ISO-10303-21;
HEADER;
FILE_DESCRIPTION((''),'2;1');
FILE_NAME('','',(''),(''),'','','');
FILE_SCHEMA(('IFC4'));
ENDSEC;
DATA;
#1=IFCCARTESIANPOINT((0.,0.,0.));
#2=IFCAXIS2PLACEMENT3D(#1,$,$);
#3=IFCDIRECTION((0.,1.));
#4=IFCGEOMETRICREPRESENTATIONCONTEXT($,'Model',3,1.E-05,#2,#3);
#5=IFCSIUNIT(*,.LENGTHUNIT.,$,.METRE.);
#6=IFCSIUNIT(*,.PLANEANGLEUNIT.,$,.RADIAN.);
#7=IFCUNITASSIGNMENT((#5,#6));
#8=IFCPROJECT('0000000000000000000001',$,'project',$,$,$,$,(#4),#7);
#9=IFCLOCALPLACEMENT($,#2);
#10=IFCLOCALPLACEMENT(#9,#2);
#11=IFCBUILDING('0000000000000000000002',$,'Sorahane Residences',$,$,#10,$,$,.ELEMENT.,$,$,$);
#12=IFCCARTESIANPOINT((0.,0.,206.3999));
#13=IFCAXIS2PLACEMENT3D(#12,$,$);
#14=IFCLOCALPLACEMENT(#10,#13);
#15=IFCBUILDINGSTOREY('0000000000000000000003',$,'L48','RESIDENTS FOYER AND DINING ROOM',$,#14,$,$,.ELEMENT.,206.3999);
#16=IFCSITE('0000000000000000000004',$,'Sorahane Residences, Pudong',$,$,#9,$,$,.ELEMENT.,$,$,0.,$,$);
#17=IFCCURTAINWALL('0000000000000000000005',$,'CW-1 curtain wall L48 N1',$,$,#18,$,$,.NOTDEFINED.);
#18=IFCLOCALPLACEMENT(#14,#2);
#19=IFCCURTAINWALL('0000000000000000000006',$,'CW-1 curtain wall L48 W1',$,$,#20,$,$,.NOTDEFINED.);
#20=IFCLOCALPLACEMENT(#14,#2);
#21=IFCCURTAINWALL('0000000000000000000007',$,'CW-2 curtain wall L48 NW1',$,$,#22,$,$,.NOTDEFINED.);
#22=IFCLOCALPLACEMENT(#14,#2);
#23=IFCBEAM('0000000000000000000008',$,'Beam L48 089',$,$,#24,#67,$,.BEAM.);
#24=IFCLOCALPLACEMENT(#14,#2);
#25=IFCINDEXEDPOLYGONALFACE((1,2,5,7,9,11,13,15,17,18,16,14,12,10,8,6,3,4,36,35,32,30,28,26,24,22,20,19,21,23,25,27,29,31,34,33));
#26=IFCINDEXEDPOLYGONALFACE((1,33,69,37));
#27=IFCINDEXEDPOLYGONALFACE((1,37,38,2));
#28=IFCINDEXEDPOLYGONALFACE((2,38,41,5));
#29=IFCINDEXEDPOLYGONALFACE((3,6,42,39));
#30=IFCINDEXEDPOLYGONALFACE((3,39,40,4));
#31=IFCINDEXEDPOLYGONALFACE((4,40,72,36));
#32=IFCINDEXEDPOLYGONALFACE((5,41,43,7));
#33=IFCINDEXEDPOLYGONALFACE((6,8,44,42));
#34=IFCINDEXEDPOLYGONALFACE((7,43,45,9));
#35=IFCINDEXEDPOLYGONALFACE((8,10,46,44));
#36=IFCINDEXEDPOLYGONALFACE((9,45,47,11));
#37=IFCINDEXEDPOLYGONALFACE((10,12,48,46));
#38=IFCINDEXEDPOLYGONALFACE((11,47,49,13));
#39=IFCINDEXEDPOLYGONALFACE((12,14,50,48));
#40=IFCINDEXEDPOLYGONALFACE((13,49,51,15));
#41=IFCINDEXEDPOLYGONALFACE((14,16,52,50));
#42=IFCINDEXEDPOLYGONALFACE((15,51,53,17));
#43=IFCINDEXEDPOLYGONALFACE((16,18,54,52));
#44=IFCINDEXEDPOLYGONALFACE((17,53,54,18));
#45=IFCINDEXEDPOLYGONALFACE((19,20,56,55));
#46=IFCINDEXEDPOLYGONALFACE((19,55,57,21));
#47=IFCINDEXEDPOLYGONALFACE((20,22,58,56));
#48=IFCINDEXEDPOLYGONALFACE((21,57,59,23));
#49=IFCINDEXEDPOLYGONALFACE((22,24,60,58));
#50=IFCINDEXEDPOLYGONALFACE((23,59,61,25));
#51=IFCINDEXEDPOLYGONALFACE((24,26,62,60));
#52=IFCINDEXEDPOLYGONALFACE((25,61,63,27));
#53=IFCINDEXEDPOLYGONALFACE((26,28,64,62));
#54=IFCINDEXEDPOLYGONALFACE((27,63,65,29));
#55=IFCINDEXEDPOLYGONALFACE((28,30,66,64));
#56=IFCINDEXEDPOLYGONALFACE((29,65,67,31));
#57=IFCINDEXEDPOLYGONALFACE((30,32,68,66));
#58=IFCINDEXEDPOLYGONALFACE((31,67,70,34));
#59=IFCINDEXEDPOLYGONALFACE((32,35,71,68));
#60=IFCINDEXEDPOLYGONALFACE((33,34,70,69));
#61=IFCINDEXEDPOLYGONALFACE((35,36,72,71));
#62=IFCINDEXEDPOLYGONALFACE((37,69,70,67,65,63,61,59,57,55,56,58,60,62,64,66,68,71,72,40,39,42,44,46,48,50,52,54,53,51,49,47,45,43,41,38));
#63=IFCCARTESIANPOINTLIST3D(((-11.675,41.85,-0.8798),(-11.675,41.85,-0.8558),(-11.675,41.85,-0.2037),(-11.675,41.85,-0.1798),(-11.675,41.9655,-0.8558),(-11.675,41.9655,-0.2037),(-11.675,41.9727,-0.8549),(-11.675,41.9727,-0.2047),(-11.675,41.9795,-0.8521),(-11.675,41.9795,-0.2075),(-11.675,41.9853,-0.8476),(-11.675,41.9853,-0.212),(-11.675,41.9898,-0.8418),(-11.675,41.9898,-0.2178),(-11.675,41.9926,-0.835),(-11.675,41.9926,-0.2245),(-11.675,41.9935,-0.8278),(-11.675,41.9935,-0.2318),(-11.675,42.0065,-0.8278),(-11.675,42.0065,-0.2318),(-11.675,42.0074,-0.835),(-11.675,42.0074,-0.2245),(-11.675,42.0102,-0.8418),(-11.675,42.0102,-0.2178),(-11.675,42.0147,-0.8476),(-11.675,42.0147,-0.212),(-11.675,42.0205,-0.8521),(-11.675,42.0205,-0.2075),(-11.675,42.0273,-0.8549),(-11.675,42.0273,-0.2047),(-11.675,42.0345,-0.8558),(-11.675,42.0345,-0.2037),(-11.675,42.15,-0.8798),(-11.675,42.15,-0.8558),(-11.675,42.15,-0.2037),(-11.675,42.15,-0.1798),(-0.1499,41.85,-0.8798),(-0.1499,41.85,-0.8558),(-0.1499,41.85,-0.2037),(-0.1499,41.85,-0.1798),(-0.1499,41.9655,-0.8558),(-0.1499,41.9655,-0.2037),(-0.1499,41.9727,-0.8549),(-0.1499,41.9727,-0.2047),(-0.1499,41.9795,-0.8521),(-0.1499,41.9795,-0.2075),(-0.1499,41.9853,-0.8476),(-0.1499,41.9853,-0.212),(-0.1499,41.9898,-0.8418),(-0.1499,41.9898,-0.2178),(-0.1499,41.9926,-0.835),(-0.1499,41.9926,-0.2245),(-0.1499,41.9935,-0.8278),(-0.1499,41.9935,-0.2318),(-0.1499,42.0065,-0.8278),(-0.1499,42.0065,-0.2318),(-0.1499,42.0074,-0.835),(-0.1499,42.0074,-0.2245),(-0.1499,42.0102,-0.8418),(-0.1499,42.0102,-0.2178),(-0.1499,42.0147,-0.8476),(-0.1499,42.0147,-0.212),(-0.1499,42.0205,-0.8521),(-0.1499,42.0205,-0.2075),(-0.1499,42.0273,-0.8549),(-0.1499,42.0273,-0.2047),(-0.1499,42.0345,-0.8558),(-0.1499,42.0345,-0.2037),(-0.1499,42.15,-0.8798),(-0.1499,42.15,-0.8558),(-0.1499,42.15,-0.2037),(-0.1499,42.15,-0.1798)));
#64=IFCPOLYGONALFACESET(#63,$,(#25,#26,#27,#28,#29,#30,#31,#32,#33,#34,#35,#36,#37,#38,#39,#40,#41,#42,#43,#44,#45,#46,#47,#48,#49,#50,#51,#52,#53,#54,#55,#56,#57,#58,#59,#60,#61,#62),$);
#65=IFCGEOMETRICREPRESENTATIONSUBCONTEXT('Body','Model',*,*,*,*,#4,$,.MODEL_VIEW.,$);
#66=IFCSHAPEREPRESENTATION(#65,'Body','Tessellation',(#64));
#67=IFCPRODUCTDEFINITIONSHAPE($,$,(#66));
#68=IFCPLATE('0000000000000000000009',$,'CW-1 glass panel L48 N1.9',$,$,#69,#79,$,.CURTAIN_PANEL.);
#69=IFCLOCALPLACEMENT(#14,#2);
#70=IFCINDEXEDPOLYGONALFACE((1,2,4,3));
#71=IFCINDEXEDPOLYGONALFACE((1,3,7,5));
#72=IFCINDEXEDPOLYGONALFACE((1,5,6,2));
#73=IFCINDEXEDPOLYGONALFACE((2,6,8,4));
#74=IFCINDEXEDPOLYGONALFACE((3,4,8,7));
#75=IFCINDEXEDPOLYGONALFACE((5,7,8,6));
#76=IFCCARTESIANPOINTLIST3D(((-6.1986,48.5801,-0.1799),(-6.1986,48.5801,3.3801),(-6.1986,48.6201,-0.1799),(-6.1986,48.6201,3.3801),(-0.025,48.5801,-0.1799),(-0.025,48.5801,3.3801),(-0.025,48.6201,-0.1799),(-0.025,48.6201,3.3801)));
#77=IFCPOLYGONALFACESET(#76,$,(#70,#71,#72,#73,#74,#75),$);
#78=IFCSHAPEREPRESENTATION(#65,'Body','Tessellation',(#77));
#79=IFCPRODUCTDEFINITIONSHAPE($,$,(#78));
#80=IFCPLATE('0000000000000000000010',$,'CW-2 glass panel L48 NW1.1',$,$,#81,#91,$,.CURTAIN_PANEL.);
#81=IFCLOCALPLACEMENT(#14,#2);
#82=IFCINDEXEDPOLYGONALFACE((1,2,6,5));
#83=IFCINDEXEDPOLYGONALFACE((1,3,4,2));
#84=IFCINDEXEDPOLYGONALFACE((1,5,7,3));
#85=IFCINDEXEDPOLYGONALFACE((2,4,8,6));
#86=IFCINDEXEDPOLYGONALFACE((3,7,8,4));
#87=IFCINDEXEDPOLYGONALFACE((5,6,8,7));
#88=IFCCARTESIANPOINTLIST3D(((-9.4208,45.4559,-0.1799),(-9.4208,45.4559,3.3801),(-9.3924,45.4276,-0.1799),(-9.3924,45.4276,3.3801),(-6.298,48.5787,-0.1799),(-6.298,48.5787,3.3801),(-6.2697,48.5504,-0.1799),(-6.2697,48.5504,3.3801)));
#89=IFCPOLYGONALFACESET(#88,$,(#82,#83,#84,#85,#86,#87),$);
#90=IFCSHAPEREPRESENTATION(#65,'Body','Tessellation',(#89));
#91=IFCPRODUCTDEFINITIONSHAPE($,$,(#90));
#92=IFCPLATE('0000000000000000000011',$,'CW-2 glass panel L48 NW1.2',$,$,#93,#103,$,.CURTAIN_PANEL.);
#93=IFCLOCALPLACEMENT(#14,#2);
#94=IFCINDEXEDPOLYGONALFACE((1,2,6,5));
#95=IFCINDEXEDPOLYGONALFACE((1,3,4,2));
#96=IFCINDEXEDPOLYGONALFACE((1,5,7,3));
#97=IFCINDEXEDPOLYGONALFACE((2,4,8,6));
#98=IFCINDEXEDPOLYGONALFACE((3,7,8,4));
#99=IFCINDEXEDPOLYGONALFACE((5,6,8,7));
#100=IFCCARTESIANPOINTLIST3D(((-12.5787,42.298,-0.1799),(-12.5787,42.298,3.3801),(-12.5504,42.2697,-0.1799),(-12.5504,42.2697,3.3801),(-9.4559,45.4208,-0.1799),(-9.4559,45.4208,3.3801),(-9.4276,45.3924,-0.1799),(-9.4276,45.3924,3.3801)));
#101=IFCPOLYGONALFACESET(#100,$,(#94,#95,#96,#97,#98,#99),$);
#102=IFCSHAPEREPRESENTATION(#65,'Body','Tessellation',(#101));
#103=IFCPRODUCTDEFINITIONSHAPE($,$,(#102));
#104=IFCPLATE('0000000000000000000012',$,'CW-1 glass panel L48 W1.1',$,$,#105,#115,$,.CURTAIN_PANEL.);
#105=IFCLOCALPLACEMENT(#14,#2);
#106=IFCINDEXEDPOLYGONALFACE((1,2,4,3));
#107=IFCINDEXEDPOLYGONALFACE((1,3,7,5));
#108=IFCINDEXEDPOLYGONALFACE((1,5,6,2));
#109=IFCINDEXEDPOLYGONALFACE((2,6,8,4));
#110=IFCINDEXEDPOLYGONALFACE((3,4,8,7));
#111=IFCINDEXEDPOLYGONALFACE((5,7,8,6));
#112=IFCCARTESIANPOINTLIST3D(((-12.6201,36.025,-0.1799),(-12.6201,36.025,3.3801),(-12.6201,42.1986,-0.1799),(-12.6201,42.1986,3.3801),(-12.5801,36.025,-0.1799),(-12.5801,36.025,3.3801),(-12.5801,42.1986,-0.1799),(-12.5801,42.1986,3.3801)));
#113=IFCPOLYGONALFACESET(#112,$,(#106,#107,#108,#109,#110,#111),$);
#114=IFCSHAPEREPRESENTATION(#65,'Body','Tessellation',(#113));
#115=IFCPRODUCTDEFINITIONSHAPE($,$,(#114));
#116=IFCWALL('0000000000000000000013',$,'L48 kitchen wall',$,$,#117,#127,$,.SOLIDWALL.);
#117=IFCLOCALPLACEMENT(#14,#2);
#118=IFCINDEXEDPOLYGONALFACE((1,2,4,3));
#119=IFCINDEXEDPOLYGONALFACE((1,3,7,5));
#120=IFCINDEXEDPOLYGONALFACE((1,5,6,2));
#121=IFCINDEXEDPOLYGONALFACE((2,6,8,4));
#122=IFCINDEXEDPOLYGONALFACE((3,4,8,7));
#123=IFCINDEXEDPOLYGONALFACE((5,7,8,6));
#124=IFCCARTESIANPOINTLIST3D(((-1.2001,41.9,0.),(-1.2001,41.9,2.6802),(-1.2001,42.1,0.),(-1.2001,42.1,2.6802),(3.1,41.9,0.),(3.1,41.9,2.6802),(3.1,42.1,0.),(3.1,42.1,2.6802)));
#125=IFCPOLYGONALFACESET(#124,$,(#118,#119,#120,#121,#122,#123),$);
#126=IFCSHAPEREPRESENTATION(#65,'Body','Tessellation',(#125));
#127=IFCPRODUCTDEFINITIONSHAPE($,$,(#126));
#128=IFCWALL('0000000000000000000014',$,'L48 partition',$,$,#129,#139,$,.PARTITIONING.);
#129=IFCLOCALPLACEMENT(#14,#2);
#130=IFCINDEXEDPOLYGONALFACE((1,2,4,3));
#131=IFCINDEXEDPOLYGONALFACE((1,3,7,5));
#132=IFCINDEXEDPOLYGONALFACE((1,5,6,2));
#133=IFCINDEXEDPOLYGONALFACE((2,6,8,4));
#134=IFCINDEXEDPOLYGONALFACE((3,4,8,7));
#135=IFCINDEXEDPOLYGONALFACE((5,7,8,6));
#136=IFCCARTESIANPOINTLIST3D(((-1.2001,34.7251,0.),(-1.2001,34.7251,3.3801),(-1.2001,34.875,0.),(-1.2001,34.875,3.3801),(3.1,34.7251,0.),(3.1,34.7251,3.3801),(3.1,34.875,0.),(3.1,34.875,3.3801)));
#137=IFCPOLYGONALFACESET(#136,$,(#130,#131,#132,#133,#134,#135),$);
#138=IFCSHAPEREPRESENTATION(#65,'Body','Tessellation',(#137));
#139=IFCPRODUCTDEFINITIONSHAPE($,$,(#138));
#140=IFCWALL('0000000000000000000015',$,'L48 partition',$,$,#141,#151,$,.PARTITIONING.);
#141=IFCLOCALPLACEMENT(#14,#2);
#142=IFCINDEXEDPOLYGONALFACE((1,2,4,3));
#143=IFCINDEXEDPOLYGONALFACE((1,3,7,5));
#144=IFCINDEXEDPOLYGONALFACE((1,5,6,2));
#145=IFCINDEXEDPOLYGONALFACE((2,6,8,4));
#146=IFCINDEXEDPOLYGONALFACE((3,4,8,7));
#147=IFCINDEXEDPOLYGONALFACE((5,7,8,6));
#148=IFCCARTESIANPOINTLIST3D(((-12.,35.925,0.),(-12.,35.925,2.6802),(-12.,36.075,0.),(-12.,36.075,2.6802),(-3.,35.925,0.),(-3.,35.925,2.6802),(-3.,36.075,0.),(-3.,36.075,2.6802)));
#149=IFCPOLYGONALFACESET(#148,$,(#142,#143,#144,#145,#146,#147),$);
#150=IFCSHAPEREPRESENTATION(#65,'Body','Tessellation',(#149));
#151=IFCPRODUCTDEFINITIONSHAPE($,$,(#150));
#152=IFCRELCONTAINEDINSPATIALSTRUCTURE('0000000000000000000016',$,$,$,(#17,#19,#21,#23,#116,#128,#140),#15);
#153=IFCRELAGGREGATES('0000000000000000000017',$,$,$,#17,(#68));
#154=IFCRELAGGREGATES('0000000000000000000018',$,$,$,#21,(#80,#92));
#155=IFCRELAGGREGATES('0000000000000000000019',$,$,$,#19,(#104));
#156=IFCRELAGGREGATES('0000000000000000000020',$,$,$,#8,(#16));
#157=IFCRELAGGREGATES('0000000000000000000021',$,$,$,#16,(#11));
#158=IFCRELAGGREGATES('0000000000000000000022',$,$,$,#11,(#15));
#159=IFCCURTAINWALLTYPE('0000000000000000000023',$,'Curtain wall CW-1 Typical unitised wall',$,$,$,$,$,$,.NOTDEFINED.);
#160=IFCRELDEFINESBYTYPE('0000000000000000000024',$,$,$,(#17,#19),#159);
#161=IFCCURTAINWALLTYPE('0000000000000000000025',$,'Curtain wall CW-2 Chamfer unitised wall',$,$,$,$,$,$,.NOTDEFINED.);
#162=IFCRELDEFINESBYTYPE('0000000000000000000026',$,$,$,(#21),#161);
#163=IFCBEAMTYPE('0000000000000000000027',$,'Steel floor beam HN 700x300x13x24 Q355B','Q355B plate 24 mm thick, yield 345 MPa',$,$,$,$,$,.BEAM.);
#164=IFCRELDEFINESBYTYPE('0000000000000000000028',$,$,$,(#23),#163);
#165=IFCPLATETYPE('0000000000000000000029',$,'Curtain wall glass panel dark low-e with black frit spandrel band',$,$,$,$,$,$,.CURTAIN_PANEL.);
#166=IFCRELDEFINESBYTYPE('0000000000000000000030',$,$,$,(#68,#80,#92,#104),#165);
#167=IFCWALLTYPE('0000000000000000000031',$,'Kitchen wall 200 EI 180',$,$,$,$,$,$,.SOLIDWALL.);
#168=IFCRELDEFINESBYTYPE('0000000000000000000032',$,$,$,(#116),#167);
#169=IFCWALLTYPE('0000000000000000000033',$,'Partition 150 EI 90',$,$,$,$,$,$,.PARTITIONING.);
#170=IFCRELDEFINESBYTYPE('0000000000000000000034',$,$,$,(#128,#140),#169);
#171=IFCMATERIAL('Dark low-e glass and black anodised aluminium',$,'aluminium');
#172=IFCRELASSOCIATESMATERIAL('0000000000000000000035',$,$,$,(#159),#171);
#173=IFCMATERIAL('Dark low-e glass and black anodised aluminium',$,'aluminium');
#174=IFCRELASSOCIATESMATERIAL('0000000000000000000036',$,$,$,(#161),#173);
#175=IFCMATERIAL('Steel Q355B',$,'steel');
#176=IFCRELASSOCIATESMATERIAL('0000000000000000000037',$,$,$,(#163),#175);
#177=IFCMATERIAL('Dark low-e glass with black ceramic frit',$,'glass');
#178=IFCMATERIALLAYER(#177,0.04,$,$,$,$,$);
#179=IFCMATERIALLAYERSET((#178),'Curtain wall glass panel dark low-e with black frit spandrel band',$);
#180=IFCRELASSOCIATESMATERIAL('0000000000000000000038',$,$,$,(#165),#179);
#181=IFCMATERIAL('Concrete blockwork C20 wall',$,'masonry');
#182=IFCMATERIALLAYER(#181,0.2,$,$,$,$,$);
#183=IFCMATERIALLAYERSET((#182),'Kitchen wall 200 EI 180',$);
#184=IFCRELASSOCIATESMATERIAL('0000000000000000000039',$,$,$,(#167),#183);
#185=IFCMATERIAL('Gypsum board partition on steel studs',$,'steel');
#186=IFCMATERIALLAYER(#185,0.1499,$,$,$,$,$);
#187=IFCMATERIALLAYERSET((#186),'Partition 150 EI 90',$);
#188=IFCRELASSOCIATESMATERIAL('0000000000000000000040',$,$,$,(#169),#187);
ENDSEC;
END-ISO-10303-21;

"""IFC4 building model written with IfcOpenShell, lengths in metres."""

from ifc_helpers import new_model, si_unit, direction, frame, frame_2d, origin, origin_2d, place, context, subcontext, project, spatial, rectangle, i_section, extrude, material, layer, layer_set, material_profile, profile_set, type_object, element, aggregate, save


model = new_model("IFC4")

# Units and contexts
model_context = context("Model", 3, precision=1e-05, world=origin(), true_north=direction((0.0, 1.0)))
body_context = subcontext(model_context, "Body", "Model", "MODEL_VIEW")
ifc_project = project(units=[si_unit("LENGTHUNIT", "METRE"), si_unit("PLANEANGLEUNIT", "RADIAN")], contexts=[model_context])

# Site, building, storey
site_placement = place(None, origin())
site = spatial("IfcSite", under=ifc_project, at=site_placement, Name="Sorahane Residences, Pudong", CompositionType="ELEMENT", RefElevation=0.0)
building_placement = place(site_placement, origin())
building = spatial("IfcBuilding", under=site, at=building_placement, Name="Sorahane Residences", CompositionType="ELEMENT")
storey_placement = place(building_placement, frame((0.0, 0.0, 206.3999)))
storey = spatial("IfcBuildingStorey", under=building, at=storey_placement, Name="L48", Description="RESIDENTS FOYER AND DINING ROOM", CompositionType="ELEMENT", Elevation=206.3999)

# Curtain wall
ifc_material_1 = material(Name="Dark low-e glass and black anodised aluminium", Category="aluminium")
curtain_wall_type_1 = type_object("IfcCurtainWallType", Name="Curtain wall CW-1 Typical unitised wall", PredefinedType="NOTDEFINED", material=ifc_material_1)
curtain_wall_1_placement = place(storey_placement, origin())
curtain_wall_1 = element("IfcCurtainWall", 1, at=curtain_wall_1_placement, inside=storey, type_object=curtain_wall_type_1, Name="CW-1 curtain wall L48 N1", PredefinedType="NOTDEFINED")

# Curtain wall
curtain_wall_2_placement = place(storey_placement, origin())
curtain_wall_2 = element("IfcCurtainWall", 2, at=curtain_wall_2_placement, inside=storey, type_object=curtain_wall_type_1, Name="CW-1 curtain wall L48 W1", PredefinedType="NOTDEFINED")

# Curtain wall
ifc_material_2 = material(Name="Dark low-e glass and black anodised aluminium", Category="aluminium")
curtain_wall_type_2 = type_object("IfcCurtainWallType", Name="Curtain wall CW-2 Chamfer unitised wall", PredefinedType="NOTDEFINED", material=ifc_material_2)
curtain_wall_3_placement = place(storey_placement, origin())
curtain_wall_3 = element("IfcCurtainWall", 3, at=curtain_wall_3_placement, inside=storey, type_object=curtain_wall_type_2, Name="CW-2 curtain wall L48 NW1", PredefinedType="NOTDEFINED")

# Beam
ifc_material_3 = material(Name="Steel Q355B", Category="steel")
ifc_material_profile_1 = material_profile(ifc_material_3, i_section(OverallWidth=0.3, OverallDepth=0.7, WebThickness=0.0129, FlangeThickness=0.0239, FilletRadius=0.0281, at=origin_2d()), Name="HN 700x300x13x24")
ifc_profile_set_1 = profile_set([ifc_material_profile_1], Name="Steel Q355B")
beam_type_1 = type_object("IfcBeamType", Name="Steel floor beam HN 700x300x13x24 Q355B", Description="Q355B plate 24 mm thick, yield 345 MPa", PredefinedType="BEAM", material=ifc_profile_set_1)
beam_placement = place(storey_placement, frame((-11.675, 42.0, -0.5298), z_axis=(1.0, 0.0, 0.0), x_axis=(0.0, 1.0, 0.0)))
element("IfcBeam", 4, at=beam_placement, inside=storey, type_object=beam_type_1, Name="Beam L48 089", PredefinedType="BEAM", context=body_context, shape_type="SweptSolid", body=[
    extrude(i_section(OverallWidth=0.3, OverallDepth=0.7, WebThickness=0.0129, FlangeThickness=0.0239, FilletRadius=0.0281, at=origin_2d()), origin(), (0.0, 0.0, 1.0), 11.5251),
])

# Plates
ifc_material_4 = material(Name="Dark low-e glass with black ceramic frit", Category="glass")
ifc_layer_1 = layer(ifc_material_4, 0.04)
ifc_layer_set_1 = layer_set([ifc_layer_1], Name="Curtain wall glass panel dark low-e with black frit spandrel band")
plate_type = type_object("IfcPlateType", Name="Curtain wall glass panel dark low-e with black frit spandrel band", PredefinedType="CURTAIN_PANEL", material=ifc_layer_set_1)
plate_1_placement = place(storey_placement, frame((-3.1118, 48.6001, -0.1799), z_axis=(0.0, 0.0, 1.0), x_axis=(-1.0, 0.0, 0.0)))
plate_1 = element("IfcPlate", 5, at=plate_1_placement, type_object=plate_type, Name="CW-1 glass panel L48 N1.9", PredefinedType="CURTAIN_PANEL", context=body_context, shape_type="SweptSolid", body=[
    extrude(rectangle(XDim=6.1736, YDim=0.04, at=origin_2d()), origin(), (0.0, 0.0, 1.0), 3.5601),
])
aggregate(curtain_wall_1, [plate_1])
plate_2_placement = place(storey_placement, frame((-7.8452, 47.0032, -0.1799), z_axis=(0.0, 0.0, 1.0), x_axis=(-0.707107, -0.707107, 0.0)))
plate_2 = element("IfcPlate", 6, at=plate_2_placement, type_object=plate_type, Name="CW-2 glass panel L48 NW1.1", PredefinedType="CURTAIN_PANEL", context=body_context, shape_type="SweptSolid", body=[
    extrude(rectangle(XDim=4.4163, YDim=0.04, at=origin_2d()), origin(), (0.0, 0.0, 1.0), 3.5601),
])
plate_3_placement = place(storey_placement, frame((-11.0032, 43.8452, -0.1799), z_axis=(0.0, 0.0, 1.0), x_axis=(-0.707107, -0.707107, 0.0)))
plate_3 = element("IfcPlate", 7, at=plate_3_placement, type_object=plate_type, Name="CW-2 glass panel L48 NW1.2", PredefinedType="CURTAIN_PANEL", context=body_context, shape_type="SweptSolid", body=[
    extrude(rectangle(XDim=4.4163, YDim=0.04, at=origin_2d()), origin(), (0.0, 0.0, 1.0), 3.5601),
])
aggregate(curtain_wall_3, [plate_2, plate_3])
plate_4_placement = place(storey_placement, frame((-12.6001, 39.1118, -0.1799), z_axis=(0.0, 0.0, 1.0), x_axis=(0.0, -1.0, 0.0)))
plate_4 = element("IfcPlate", 8, at=plate_4_placement, type_object=plate_type, Name="CW-1 glass panel L48 W1.1", PredefinedType="CURTAIN_PANEL", context=body_context, shape_type="SweptSolid", body=[
    extrude(rectangle(XDim=6.1736, YDim=0.04, at=origin_2d()), origin(), (0.0, 0.0, 1.0), 3.5601),
])
aggregate(curtain_wall_2, [plate_4])

# Shared definitions
ifc_material_5 = material(Name="Concrete blockwork C20 wall", Category="masonry")
ifc_layer_2 = layer(ifc_material_5, 0.2)
ifc_layer_set_2 = layer_set([ifc_layer_2], Name="Kitchen wall 200 EI 180")
wall_type_1 = type_object("IfcWallType", Name="Kitchen wall 200 EI 180", PredefinedType="SOLIDWALL", material=ifc_layer_set_2)

# Walls
wall_1_placement = place(storey_placement, frame((-1.2, 42.0, 0.0), z_axis=(0.0, 0.0, 1.0), x_axis=(1.0, 0.0, 0.0)))
element("IfcWall", 9, at=wall_1_placement, inside=storey, type_object=wall_type_1, Name="L48 kitchen wall", PredefinedType="SOLIDWALL", context=body_context, shape_type="SweptSolid", body=[
    extrude(rectangle(XDim=4.3, YDim=0.2, at=frame_2d((2.1499, 0.0))), origin(), (0.0, 0.0, 1.0), 2.6802),
])
ifc_material_6 = material(Name="Gypsum board partition on steel studs", Category="steel")
ifc_layer_3 = layer(ifc_material_6, 0.1499)
ifc_layer_set_3 = layer_set([ifc_layer_3], Name="Partition 150 EI 90")
wall_type_2 = type_object("IfcWallType", Name="Partition 150 EI 90", PredefinedType="PARTITIONING", material=ifc_layer_set_3)
wall_2_placement = place(storey_placement, frame((-1.2, 34.8, 0.0), z_axis=(0.0, 0.0, 1.0), x_axis=(1.0, 0.0, 0.0)))
element("IfcWall", 10, at=wall_2_placement, inside=storey, type_object=wall_type_2, Name="L48 partition", PredefinedType="PARTITIONING", context=body_context, shape_type="SweptSolid", body=[
    extrude(rectangle(XDim=4.3, YDim=0.1499, at=frame_2d((2.1499, 0.0))), origin(), (0.0, 0.0, 1.0), 3.3801),
])
wall_3_placement = place(storey_placement, frame((-12.0, 36.0, 0.0), z_axis=(0.0, 0.0, 1.0), x_axis=(1.0, 0.0, 0.0)))
element("IfcWall", 11, at=wall_3_placement, inside=storey, type_object=wall_type_2, Name="L48 partition", PredefinedType="PARTITIONING", context=body_context, shape_type="SweptSolid", body=[
    extrude(rectangle(XDim=9.0, YDim=0.1499, at=frame_2d((4.5, 0.0))), origin(), (0.0, 0.0, 1.0), 2.6802),
])

save(model, "model.ifc")
